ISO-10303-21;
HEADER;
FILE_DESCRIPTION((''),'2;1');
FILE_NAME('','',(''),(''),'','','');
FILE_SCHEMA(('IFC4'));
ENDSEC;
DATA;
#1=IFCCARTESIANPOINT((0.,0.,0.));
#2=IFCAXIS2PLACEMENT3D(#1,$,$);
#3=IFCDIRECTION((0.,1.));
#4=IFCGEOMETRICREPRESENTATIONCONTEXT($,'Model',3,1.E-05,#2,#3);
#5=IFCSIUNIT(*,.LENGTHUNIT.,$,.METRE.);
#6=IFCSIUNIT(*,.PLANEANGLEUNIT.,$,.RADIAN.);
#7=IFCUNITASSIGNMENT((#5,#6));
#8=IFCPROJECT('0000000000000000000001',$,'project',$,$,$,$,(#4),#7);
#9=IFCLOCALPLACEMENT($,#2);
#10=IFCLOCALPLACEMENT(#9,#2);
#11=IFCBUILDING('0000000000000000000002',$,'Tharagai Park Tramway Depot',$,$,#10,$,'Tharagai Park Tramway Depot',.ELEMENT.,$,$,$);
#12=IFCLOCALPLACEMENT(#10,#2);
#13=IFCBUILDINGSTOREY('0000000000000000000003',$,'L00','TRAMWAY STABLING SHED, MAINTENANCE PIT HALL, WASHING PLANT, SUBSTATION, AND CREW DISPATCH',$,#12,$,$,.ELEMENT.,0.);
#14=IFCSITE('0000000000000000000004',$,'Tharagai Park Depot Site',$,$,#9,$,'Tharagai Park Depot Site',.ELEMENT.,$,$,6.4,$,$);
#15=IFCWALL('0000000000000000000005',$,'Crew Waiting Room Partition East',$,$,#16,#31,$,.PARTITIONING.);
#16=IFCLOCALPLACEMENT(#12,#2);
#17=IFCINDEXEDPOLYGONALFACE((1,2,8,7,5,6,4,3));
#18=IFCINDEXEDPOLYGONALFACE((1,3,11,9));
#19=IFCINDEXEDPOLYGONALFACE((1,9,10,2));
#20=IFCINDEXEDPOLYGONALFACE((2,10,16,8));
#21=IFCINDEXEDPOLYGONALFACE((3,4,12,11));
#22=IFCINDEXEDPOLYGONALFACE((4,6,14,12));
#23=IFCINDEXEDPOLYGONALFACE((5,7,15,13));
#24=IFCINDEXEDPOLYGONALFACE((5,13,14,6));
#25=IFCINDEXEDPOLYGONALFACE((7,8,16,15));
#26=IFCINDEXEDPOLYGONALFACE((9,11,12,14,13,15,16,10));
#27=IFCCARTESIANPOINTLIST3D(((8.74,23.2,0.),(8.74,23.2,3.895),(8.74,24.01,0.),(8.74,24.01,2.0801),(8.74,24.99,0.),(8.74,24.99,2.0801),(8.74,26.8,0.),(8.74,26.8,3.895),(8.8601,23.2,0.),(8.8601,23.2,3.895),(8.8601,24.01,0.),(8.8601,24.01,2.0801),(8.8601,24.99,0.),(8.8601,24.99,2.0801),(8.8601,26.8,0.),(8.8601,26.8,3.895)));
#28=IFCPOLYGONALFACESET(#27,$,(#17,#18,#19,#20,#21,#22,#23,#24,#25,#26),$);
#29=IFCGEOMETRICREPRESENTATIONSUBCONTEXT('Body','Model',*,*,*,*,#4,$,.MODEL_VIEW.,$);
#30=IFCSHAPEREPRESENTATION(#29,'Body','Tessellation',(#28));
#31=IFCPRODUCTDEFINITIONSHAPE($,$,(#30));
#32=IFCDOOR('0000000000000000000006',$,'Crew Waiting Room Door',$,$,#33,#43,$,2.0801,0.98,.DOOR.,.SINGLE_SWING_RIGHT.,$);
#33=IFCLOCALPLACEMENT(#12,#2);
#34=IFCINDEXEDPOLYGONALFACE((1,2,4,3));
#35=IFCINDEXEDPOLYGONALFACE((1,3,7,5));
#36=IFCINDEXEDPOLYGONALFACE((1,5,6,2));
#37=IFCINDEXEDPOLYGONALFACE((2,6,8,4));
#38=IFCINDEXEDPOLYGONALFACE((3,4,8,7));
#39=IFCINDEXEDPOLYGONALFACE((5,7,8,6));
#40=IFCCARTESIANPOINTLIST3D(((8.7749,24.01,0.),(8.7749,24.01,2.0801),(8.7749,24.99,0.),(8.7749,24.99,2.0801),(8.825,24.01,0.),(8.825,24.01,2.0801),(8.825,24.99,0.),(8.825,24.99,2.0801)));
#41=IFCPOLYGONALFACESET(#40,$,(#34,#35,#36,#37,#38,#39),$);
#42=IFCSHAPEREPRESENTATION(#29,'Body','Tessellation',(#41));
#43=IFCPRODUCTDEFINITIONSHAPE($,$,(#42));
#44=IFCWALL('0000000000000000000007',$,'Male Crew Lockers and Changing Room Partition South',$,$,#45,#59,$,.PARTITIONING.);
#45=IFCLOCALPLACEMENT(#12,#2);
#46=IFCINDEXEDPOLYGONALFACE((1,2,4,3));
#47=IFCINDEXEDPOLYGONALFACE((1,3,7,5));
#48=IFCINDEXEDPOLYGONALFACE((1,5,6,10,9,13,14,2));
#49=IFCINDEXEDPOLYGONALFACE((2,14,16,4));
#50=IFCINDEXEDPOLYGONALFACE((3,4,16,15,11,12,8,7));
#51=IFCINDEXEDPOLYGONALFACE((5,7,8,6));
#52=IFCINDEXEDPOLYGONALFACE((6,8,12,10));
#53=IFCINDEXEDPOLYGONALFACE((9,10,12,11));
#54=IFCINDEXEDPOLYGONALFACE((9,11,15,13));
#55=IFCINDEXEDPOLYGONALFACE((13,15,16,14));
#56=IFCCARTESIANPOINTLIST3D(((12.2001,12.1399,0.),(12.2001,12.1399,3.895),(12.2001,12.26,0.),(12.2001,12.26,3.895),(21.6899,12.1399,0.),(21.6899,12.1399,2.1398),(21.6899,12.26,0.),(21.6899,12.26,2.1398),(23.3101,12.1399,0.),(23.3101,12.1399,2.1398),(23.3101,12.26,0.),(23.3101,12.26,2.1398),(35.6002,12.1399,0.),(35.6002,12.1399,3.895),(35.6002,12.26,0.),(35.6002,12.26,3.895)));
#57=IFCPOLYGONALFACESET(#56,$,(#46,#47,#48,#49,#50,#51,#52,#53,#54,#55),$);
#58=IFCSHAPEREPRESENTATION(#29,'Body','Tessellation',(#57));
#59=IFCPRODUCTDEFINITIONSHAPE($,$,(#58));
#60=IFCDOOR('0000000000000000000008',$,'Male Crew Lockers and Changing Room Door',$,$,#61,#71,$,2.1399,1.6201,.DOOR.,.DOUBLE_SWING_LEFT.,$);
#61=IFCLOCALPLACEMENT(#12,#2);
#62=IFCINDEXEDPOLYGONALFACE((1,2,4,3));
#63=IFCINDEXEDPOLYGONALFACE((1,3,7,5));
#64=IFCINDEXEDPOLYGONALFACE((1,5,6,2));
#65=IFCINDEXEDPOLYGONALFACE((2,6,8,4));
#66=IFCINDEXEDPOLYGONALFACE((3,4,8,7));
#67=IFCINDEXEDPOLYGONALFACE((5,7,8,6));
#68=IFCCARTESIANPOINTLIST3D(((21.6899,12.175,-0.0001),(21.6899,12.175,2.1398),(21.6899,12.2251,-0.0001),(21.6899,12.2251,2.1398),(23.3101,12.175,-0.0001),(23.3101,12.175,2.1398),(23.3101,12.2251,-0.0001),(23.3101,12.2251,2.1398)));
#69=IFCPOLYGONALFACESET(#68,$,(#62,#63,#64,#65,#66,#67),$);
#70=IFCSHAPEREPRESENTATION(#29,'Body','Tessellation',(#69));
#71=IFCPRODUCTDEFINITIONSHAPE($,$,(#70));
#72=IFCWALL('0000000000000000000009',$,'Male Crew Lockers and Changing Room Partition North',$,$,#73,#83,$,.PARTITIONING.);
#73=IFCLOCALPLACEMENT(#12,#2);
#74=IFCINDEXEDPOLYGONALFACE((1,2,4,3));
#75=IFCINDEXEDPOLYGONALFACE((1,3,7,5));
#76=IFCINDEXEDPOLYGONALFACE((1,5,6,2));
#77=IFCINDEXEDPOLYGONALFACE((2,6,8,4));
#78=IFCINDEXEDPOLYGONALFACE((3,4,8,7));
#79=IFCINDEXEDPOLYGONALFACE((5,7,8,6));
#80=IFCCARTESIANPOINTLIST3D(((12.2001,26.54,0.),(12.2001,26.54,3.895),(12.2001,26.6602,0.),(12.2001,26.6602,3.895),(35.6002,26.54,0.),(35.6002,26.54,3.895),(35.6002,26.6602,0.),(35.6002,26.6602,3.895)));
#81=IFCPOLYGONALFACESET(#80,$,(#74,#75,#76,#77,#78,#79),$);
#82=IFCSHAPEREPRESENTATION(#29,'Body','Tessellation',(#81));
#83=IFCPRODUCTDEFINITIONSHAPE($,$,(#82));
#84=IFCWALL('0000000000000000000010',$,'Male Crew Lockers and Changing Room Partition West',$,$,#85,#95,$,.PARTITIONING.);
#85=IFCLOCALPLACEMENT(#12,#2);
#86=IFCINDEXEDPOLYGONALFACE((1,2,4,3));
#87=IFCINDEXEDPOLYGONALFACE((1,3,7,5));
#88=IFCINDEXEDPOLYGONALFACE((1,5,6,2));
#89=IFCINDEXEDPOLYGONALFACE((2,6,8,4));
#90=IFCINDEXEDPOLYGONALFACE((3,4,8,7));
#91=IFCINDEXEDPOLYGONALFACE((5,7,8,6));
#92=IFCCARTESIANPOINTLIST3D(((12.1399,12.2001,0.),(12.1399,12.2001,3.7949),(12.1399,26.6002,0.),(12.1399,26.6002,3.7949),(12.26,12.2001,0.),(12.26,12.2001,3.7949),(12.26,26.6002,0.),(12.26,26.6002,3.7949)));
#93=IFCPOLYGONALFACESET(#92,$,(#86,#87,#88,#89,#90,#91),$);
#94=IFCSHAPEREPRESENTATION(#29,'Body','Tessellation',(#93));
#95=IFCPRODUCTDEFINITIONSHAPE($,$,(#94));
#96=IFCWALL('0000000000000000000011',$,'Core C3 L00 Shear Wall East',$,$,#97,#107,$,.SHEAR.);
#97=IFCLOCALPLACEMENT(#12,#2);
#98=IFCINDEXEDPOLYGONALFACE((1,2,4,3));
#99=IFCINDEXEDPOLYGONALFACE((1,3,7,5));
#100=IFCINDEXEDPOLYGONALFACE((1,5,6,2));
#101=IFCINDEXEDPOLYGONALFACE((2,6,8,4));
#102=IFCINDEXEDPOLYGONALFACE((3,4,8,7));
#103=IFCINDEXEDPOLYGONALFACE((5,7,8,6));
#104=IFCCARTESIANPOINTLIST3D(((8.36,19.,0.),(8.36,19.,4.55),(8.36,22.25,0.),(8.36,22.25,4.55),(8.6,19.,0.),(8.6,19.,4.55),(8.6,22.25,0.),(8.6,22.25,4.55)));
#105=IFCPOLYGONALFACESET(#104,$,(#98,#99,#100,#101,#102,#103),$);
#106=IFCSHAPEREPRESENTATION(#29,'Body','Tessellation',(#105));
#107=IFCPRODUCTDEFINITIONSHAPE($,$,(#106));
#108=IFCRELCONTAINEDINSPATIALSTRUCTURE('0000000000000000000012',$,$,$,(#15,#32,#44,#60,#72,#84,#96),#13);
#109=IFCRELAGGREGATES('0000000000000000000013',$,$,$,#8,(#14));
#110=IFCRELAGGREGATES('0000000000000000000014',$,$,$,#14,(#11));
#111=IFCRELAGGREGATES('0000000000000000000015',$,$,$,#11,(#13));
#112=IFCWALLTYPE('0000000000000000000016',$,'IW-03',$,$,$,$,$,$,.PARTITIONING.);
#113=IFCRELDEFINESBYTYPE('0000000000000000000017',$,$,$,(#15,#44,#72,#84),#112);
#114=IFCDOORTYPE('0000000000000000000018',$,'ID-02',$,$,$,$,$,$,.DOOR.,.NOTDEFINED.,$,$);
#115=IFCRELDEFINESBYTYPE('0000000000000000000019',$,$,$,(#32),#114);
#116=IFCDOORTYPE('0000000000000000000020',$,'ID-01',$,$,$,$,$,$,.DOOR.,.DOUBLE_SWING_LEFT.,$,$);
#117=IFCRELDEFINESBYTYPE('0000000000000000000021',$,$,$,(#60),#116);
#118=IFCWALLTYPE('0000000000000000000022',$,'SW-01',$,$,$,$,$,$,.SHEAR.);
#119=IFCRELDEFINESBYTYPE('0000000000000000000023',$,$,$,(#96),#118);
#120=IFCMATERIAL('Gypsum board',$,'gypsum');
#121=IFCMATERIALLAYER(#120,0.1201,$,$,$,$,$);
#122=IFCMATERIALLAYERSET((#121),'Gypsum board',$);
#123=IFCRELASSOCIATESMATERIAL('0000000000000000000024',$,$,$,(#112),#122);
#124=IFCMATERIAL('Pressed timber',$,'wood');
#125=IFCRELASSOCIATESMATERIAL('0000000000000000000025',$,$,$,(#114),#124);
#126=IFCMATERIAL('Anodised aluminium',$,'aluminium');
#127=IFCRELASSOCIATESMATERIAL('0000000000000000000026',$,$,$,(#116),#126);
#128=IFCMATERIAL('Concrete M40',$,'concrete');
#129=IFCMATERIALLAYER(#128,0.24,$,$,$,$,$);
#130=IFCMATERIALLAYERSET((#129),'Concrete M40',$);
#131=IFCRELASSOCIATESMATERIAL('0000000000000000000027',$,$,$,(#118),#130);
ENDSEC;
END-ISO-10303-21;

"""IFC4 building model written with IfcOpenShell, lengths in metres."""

from ifc_helpers import new_model, si_unit, direction, frame, frame_2d, origin, place, context, subcontext, project, spatial, rectangle, extrude, material, layer, layer_set, type_object, element, fill, save


model = new_model("IFC4")

# Units and contexts
model_context = context("Model", 3, precision=1e-05, world=origin(), true_north=direction((0.0, 1.0)))
body_context = subcontext(model_context, "Body", "Model", "MODEL_VIEW")
ifc_project = project(units=[si_unit("LENGTHUNIT", "METRE"), si_unit("PLANEANGLEUNIT", "RADIAN")], contexts=[model_context])

# Site, building, storey
site_placement = place(None, origin())
site = spatial("IfcSite", under=ifc_project, at=site_placement, Name="Tharagai Park Depot Site", LongName="Tharagai Park Depot Site", CompositionType="ELEMENT", RefElevation=6.4)
building_placement = place(site_placement, origin())
building = spatial("IfcBuilding", under=site, at=building_placement, Name="Tharagai Park Tramway Depot", LongName="Tharagai Park Tramway Depot", CompositionType="ELEMENT")
storey_placement = place(building_placement, origin())
storey = spatial("IfcBuildingStorey", under=building, at=storey_placement, Name="L00", Description="TRAMWAY STABLING SHED, MAINTENANCE PIT HALL, WASHING PLANT, SUBSTATION, AND CREW DISPATCH", CompositionType="ELEMENT", Elevation=0.0)

# Shared definitions
ifc_material_1 = material(Name="Concrete M40", Category="concrete")

# Walls, openings, doors
ifc_material_2 = material(Name="Gypsum board", Category="gypsum")
ifc_layer_1 = layer(ifc_material_2, 0.1201)
ifc_layer_set_1 = layer_set([ifc_layer_1], Name="Gypsum board")
wall_type_1 = type_object("IfcWallType", Name="IW-03", PredefinedType="PARTITIONING", material=ifc_layer_set_1)
wall_1_placement = place(storey_placement, frame((8.8, 23.2, 0.0), z_axis=(0.0, 0.0, 1.0), x_axis=(0.0, 1.0, 0.0)))
wall_1 = element("IfcWall", 1, at=wall_1_placement, inside=storey, type_object=wall_type_1, Name="Crew Waiting Room Partition East", PredefinedType="PARTITIONING", context=body_context, shape_type="SweptSolid", body=[
    extrude(rectangle(XDim=3.6001, YDim=0.1201, at=frame_2d((1.8, 0.0))), origin(), (0.0, 0.0, 1.0), 3.895),
])
opening_1_placement = place(wall_1_placement, frame((0.8101, 0.0, 0.0)))
opening_1 = element("IfcOpeningElement", 2, at=opening_1_placement, cuts=wall_1, PredefinedType="OPENING", context=body_context, shape_type="SweptSolid", body=[
    extrude(rectangle(XDim=0.98, YDim=2.0801, at=frame_2d((0.49, 1.04))), frame((0.0, 0.0701, 0.0), z_axis=(0.0, -1.0, 0.0), x_axis=(1.0, 0.0, 0.0)), (0.0, 0.0, 1.0), 0.1401),
])
ifc_material_3 = material(Name="Pressed timber", Category="wood")
door_type_1 = type_object("IfcDoorType", Name="ID-02", OperationType="NOTDEFINED", PredefinedType="DOOR", material=ifc_material_3)
door_1_placement = place(opening_1_placement, frame((0.98, 0.0, 0.0), z_axis=(0.0, 0.0, 1.0), x_axis=(-1.0, 0.0, 0.0)))
door_1 = element("IfcDoor", 3, at=door_1_placement, inside=storey, type_object=door_type_1, Name="Crew Waiting Room Door", OperationType="SINGLE_SWING_RIGHT", OverallHeight=2.0801, OverallWidth=0.98, PredefinedType="DOOR", context=body_context, shape_type="SweptSolid", body=[
    extrude(rectangle(XDim=0.98, YDim=2.0801, at=frame_2d((0.49, 1.04))), frame((0.0, 0.0249, 0.0), z_axis=(0.0, -1.0, 0.0), x_axis=(1.0, 0.0, 0.0)), (0.0, 0.0, 1.0), 0.05),
])
fill(opening_1, door_1)
wall_2_placement = place(storey_placement, frame((12.2, 12.2, 0.0), z_axis=(0.0, 0.0, 1.0), x_axis=(1.0, 0.0, 0.0)))
wall_2 = element("IfcWall", 4, at=wall_2_placement, inside=storey, type_object=wall_type_1, Name="Male Crew Lockers and Changing Room Partition South", PredefinedType="PARTITIONING", context=body_context, shape_type="SweptSolid", body=[
    extrude(rectangle(XDim=23.4001, YDim=0.1201, at=frame_2d((11.7002, 0.0))), origin(), (0.0, 0.0, 1.0), 3.895),
])
opening_2_placement = place(wall_2_placement, frame((9.49, 0.0, 0.0)))
opening_2 = element("IfcOpeningElement", 5, at=opening_2_placement, cuts=wall_2, PredefinedType="OPENING", context=body_context, shape_type="SweptSolid", body=[
    extrude(rectangle(XDim=1.6201, YDim=2.1399, at=frame_2d((0.8101, 1.0698))), frame((0.0, 0.0701, 0.0), z_axis=(0.0, -1.0, 0.0), x_axis=(1.0, 0.0, 0.0)), (0.0, 0.0, 1.0), 0.1401),
])
ifc_material_4 = material(Name="Anodised aluminium", Category="aluminium")
door_type_2 = type_object("IfcDoorType", Name="ID-01", OperationType="DOUBLE_SWING_LEFT", PredefinedType="DOOR", material=ifc_material_4)
door_2_placement = place(opening_2_placement, frame((1.6201, 0.0, 0.0), z_axis=(0.0, 0.0, 1.0), x_axis=(-1.0, 0.0, 0.0)))
door_2 = element("IfcDoor", 6, at=door_2_placement, inside=storey, type_object=door_type_2, Name="Male Crew Lockers and Changing Room Door", OperationType="DOUBLE_SWING_LEFT", OverallHeight=2.1399, OverallWidth=1.6201, PredefinedType="DOOR", context=body_context, shape_type="SweptSolid", body=[
    extrude(rectangle(XDim=1.6201, YDim=2.1399, at=frame_2d((0.8101, 1.0698))), frame((0.0, 0.0249, 0.0), z_axis=(0.0, -1.0, 0.0), x_axis=(1.0, 0.0, 0.0)), (0.0, 0.0, 1.0), 0.05),
])
fill(opening_2, door_2)

# Walls
wall_3_placement = place(storey_placement, frame((12.2, 26.6001, 0.0), z_axis=(0.0, 0.0, 1.0), x_axis=(1.0, 0.0, 0.0)))
element("IfcWall", 7, at=wall_3_placement, inside=storey, type_object=wall_type_1, Name="Male Crew Lockers and Changing Room Partition North", PredefinedType="PARTITIONING", context=body_context, shape_type="SweptSolid", body=[
    extrude(rectangle(XDim=23.4001, YDim=0.1201, at=frame_2d((11.7002, 0.0))), origin(), (0.0, 0.0, 1.0), 3.895),
])
wall_4_placement = place(storey_placement, frame((12.2, 12.2, 0.0), z_axis=(0.0, 0.0, 1.0), x_axis=(0.0, 1.0, 0.0)))
element("IfcWall", 8, at=wall_4_placement, inside=storey, type_object=wall_type_1, Name="Male Crew Lockers and Changing Room Partition West", PredefinedType="PARTITIONING", context=body_context, shape_type="SweptSolid", body=[
    extrude(rectangle(XDim=14.4001, YDim=0.1201, at=frame_2d((7.2002, 0.0))), origin(), (0.0, 0.0, 1.0), 3.7949),
])
ifc_layer_2 = layer(ifc_material_1, 0.24)
ifc_layer_set_2 = layer_set([ifc_layer_2], Name="Concrete M40")
wall_type_2 = type_object("IfcWallType", Name="SW-01", PredefinedType="SHEAR", material=ifc_layer_set_2)
wall_5_placement = place(storey_placement, frame((8.48, 19.0, 0.0), z_axis=(0.0, 0.0, 1.0), x_axis=(0.0, 1.0, 0.0)))
element("IfcWall", 9, at=wall_5_placement, inside=storey, type_object=wall_type_2, Name="Core C3 L00 Shear Wall East", PredefinedType="SHEAR", context=body_context, shape_type="SweptSolid", body=[
    extrude(rectangle(XDim=3.25, YDim=0.24, at=frame_2d((1.625, 0.0))), origin(), (0.0, 0.0, 1.0), 4.55),
])

save(model, "model.ifc")
